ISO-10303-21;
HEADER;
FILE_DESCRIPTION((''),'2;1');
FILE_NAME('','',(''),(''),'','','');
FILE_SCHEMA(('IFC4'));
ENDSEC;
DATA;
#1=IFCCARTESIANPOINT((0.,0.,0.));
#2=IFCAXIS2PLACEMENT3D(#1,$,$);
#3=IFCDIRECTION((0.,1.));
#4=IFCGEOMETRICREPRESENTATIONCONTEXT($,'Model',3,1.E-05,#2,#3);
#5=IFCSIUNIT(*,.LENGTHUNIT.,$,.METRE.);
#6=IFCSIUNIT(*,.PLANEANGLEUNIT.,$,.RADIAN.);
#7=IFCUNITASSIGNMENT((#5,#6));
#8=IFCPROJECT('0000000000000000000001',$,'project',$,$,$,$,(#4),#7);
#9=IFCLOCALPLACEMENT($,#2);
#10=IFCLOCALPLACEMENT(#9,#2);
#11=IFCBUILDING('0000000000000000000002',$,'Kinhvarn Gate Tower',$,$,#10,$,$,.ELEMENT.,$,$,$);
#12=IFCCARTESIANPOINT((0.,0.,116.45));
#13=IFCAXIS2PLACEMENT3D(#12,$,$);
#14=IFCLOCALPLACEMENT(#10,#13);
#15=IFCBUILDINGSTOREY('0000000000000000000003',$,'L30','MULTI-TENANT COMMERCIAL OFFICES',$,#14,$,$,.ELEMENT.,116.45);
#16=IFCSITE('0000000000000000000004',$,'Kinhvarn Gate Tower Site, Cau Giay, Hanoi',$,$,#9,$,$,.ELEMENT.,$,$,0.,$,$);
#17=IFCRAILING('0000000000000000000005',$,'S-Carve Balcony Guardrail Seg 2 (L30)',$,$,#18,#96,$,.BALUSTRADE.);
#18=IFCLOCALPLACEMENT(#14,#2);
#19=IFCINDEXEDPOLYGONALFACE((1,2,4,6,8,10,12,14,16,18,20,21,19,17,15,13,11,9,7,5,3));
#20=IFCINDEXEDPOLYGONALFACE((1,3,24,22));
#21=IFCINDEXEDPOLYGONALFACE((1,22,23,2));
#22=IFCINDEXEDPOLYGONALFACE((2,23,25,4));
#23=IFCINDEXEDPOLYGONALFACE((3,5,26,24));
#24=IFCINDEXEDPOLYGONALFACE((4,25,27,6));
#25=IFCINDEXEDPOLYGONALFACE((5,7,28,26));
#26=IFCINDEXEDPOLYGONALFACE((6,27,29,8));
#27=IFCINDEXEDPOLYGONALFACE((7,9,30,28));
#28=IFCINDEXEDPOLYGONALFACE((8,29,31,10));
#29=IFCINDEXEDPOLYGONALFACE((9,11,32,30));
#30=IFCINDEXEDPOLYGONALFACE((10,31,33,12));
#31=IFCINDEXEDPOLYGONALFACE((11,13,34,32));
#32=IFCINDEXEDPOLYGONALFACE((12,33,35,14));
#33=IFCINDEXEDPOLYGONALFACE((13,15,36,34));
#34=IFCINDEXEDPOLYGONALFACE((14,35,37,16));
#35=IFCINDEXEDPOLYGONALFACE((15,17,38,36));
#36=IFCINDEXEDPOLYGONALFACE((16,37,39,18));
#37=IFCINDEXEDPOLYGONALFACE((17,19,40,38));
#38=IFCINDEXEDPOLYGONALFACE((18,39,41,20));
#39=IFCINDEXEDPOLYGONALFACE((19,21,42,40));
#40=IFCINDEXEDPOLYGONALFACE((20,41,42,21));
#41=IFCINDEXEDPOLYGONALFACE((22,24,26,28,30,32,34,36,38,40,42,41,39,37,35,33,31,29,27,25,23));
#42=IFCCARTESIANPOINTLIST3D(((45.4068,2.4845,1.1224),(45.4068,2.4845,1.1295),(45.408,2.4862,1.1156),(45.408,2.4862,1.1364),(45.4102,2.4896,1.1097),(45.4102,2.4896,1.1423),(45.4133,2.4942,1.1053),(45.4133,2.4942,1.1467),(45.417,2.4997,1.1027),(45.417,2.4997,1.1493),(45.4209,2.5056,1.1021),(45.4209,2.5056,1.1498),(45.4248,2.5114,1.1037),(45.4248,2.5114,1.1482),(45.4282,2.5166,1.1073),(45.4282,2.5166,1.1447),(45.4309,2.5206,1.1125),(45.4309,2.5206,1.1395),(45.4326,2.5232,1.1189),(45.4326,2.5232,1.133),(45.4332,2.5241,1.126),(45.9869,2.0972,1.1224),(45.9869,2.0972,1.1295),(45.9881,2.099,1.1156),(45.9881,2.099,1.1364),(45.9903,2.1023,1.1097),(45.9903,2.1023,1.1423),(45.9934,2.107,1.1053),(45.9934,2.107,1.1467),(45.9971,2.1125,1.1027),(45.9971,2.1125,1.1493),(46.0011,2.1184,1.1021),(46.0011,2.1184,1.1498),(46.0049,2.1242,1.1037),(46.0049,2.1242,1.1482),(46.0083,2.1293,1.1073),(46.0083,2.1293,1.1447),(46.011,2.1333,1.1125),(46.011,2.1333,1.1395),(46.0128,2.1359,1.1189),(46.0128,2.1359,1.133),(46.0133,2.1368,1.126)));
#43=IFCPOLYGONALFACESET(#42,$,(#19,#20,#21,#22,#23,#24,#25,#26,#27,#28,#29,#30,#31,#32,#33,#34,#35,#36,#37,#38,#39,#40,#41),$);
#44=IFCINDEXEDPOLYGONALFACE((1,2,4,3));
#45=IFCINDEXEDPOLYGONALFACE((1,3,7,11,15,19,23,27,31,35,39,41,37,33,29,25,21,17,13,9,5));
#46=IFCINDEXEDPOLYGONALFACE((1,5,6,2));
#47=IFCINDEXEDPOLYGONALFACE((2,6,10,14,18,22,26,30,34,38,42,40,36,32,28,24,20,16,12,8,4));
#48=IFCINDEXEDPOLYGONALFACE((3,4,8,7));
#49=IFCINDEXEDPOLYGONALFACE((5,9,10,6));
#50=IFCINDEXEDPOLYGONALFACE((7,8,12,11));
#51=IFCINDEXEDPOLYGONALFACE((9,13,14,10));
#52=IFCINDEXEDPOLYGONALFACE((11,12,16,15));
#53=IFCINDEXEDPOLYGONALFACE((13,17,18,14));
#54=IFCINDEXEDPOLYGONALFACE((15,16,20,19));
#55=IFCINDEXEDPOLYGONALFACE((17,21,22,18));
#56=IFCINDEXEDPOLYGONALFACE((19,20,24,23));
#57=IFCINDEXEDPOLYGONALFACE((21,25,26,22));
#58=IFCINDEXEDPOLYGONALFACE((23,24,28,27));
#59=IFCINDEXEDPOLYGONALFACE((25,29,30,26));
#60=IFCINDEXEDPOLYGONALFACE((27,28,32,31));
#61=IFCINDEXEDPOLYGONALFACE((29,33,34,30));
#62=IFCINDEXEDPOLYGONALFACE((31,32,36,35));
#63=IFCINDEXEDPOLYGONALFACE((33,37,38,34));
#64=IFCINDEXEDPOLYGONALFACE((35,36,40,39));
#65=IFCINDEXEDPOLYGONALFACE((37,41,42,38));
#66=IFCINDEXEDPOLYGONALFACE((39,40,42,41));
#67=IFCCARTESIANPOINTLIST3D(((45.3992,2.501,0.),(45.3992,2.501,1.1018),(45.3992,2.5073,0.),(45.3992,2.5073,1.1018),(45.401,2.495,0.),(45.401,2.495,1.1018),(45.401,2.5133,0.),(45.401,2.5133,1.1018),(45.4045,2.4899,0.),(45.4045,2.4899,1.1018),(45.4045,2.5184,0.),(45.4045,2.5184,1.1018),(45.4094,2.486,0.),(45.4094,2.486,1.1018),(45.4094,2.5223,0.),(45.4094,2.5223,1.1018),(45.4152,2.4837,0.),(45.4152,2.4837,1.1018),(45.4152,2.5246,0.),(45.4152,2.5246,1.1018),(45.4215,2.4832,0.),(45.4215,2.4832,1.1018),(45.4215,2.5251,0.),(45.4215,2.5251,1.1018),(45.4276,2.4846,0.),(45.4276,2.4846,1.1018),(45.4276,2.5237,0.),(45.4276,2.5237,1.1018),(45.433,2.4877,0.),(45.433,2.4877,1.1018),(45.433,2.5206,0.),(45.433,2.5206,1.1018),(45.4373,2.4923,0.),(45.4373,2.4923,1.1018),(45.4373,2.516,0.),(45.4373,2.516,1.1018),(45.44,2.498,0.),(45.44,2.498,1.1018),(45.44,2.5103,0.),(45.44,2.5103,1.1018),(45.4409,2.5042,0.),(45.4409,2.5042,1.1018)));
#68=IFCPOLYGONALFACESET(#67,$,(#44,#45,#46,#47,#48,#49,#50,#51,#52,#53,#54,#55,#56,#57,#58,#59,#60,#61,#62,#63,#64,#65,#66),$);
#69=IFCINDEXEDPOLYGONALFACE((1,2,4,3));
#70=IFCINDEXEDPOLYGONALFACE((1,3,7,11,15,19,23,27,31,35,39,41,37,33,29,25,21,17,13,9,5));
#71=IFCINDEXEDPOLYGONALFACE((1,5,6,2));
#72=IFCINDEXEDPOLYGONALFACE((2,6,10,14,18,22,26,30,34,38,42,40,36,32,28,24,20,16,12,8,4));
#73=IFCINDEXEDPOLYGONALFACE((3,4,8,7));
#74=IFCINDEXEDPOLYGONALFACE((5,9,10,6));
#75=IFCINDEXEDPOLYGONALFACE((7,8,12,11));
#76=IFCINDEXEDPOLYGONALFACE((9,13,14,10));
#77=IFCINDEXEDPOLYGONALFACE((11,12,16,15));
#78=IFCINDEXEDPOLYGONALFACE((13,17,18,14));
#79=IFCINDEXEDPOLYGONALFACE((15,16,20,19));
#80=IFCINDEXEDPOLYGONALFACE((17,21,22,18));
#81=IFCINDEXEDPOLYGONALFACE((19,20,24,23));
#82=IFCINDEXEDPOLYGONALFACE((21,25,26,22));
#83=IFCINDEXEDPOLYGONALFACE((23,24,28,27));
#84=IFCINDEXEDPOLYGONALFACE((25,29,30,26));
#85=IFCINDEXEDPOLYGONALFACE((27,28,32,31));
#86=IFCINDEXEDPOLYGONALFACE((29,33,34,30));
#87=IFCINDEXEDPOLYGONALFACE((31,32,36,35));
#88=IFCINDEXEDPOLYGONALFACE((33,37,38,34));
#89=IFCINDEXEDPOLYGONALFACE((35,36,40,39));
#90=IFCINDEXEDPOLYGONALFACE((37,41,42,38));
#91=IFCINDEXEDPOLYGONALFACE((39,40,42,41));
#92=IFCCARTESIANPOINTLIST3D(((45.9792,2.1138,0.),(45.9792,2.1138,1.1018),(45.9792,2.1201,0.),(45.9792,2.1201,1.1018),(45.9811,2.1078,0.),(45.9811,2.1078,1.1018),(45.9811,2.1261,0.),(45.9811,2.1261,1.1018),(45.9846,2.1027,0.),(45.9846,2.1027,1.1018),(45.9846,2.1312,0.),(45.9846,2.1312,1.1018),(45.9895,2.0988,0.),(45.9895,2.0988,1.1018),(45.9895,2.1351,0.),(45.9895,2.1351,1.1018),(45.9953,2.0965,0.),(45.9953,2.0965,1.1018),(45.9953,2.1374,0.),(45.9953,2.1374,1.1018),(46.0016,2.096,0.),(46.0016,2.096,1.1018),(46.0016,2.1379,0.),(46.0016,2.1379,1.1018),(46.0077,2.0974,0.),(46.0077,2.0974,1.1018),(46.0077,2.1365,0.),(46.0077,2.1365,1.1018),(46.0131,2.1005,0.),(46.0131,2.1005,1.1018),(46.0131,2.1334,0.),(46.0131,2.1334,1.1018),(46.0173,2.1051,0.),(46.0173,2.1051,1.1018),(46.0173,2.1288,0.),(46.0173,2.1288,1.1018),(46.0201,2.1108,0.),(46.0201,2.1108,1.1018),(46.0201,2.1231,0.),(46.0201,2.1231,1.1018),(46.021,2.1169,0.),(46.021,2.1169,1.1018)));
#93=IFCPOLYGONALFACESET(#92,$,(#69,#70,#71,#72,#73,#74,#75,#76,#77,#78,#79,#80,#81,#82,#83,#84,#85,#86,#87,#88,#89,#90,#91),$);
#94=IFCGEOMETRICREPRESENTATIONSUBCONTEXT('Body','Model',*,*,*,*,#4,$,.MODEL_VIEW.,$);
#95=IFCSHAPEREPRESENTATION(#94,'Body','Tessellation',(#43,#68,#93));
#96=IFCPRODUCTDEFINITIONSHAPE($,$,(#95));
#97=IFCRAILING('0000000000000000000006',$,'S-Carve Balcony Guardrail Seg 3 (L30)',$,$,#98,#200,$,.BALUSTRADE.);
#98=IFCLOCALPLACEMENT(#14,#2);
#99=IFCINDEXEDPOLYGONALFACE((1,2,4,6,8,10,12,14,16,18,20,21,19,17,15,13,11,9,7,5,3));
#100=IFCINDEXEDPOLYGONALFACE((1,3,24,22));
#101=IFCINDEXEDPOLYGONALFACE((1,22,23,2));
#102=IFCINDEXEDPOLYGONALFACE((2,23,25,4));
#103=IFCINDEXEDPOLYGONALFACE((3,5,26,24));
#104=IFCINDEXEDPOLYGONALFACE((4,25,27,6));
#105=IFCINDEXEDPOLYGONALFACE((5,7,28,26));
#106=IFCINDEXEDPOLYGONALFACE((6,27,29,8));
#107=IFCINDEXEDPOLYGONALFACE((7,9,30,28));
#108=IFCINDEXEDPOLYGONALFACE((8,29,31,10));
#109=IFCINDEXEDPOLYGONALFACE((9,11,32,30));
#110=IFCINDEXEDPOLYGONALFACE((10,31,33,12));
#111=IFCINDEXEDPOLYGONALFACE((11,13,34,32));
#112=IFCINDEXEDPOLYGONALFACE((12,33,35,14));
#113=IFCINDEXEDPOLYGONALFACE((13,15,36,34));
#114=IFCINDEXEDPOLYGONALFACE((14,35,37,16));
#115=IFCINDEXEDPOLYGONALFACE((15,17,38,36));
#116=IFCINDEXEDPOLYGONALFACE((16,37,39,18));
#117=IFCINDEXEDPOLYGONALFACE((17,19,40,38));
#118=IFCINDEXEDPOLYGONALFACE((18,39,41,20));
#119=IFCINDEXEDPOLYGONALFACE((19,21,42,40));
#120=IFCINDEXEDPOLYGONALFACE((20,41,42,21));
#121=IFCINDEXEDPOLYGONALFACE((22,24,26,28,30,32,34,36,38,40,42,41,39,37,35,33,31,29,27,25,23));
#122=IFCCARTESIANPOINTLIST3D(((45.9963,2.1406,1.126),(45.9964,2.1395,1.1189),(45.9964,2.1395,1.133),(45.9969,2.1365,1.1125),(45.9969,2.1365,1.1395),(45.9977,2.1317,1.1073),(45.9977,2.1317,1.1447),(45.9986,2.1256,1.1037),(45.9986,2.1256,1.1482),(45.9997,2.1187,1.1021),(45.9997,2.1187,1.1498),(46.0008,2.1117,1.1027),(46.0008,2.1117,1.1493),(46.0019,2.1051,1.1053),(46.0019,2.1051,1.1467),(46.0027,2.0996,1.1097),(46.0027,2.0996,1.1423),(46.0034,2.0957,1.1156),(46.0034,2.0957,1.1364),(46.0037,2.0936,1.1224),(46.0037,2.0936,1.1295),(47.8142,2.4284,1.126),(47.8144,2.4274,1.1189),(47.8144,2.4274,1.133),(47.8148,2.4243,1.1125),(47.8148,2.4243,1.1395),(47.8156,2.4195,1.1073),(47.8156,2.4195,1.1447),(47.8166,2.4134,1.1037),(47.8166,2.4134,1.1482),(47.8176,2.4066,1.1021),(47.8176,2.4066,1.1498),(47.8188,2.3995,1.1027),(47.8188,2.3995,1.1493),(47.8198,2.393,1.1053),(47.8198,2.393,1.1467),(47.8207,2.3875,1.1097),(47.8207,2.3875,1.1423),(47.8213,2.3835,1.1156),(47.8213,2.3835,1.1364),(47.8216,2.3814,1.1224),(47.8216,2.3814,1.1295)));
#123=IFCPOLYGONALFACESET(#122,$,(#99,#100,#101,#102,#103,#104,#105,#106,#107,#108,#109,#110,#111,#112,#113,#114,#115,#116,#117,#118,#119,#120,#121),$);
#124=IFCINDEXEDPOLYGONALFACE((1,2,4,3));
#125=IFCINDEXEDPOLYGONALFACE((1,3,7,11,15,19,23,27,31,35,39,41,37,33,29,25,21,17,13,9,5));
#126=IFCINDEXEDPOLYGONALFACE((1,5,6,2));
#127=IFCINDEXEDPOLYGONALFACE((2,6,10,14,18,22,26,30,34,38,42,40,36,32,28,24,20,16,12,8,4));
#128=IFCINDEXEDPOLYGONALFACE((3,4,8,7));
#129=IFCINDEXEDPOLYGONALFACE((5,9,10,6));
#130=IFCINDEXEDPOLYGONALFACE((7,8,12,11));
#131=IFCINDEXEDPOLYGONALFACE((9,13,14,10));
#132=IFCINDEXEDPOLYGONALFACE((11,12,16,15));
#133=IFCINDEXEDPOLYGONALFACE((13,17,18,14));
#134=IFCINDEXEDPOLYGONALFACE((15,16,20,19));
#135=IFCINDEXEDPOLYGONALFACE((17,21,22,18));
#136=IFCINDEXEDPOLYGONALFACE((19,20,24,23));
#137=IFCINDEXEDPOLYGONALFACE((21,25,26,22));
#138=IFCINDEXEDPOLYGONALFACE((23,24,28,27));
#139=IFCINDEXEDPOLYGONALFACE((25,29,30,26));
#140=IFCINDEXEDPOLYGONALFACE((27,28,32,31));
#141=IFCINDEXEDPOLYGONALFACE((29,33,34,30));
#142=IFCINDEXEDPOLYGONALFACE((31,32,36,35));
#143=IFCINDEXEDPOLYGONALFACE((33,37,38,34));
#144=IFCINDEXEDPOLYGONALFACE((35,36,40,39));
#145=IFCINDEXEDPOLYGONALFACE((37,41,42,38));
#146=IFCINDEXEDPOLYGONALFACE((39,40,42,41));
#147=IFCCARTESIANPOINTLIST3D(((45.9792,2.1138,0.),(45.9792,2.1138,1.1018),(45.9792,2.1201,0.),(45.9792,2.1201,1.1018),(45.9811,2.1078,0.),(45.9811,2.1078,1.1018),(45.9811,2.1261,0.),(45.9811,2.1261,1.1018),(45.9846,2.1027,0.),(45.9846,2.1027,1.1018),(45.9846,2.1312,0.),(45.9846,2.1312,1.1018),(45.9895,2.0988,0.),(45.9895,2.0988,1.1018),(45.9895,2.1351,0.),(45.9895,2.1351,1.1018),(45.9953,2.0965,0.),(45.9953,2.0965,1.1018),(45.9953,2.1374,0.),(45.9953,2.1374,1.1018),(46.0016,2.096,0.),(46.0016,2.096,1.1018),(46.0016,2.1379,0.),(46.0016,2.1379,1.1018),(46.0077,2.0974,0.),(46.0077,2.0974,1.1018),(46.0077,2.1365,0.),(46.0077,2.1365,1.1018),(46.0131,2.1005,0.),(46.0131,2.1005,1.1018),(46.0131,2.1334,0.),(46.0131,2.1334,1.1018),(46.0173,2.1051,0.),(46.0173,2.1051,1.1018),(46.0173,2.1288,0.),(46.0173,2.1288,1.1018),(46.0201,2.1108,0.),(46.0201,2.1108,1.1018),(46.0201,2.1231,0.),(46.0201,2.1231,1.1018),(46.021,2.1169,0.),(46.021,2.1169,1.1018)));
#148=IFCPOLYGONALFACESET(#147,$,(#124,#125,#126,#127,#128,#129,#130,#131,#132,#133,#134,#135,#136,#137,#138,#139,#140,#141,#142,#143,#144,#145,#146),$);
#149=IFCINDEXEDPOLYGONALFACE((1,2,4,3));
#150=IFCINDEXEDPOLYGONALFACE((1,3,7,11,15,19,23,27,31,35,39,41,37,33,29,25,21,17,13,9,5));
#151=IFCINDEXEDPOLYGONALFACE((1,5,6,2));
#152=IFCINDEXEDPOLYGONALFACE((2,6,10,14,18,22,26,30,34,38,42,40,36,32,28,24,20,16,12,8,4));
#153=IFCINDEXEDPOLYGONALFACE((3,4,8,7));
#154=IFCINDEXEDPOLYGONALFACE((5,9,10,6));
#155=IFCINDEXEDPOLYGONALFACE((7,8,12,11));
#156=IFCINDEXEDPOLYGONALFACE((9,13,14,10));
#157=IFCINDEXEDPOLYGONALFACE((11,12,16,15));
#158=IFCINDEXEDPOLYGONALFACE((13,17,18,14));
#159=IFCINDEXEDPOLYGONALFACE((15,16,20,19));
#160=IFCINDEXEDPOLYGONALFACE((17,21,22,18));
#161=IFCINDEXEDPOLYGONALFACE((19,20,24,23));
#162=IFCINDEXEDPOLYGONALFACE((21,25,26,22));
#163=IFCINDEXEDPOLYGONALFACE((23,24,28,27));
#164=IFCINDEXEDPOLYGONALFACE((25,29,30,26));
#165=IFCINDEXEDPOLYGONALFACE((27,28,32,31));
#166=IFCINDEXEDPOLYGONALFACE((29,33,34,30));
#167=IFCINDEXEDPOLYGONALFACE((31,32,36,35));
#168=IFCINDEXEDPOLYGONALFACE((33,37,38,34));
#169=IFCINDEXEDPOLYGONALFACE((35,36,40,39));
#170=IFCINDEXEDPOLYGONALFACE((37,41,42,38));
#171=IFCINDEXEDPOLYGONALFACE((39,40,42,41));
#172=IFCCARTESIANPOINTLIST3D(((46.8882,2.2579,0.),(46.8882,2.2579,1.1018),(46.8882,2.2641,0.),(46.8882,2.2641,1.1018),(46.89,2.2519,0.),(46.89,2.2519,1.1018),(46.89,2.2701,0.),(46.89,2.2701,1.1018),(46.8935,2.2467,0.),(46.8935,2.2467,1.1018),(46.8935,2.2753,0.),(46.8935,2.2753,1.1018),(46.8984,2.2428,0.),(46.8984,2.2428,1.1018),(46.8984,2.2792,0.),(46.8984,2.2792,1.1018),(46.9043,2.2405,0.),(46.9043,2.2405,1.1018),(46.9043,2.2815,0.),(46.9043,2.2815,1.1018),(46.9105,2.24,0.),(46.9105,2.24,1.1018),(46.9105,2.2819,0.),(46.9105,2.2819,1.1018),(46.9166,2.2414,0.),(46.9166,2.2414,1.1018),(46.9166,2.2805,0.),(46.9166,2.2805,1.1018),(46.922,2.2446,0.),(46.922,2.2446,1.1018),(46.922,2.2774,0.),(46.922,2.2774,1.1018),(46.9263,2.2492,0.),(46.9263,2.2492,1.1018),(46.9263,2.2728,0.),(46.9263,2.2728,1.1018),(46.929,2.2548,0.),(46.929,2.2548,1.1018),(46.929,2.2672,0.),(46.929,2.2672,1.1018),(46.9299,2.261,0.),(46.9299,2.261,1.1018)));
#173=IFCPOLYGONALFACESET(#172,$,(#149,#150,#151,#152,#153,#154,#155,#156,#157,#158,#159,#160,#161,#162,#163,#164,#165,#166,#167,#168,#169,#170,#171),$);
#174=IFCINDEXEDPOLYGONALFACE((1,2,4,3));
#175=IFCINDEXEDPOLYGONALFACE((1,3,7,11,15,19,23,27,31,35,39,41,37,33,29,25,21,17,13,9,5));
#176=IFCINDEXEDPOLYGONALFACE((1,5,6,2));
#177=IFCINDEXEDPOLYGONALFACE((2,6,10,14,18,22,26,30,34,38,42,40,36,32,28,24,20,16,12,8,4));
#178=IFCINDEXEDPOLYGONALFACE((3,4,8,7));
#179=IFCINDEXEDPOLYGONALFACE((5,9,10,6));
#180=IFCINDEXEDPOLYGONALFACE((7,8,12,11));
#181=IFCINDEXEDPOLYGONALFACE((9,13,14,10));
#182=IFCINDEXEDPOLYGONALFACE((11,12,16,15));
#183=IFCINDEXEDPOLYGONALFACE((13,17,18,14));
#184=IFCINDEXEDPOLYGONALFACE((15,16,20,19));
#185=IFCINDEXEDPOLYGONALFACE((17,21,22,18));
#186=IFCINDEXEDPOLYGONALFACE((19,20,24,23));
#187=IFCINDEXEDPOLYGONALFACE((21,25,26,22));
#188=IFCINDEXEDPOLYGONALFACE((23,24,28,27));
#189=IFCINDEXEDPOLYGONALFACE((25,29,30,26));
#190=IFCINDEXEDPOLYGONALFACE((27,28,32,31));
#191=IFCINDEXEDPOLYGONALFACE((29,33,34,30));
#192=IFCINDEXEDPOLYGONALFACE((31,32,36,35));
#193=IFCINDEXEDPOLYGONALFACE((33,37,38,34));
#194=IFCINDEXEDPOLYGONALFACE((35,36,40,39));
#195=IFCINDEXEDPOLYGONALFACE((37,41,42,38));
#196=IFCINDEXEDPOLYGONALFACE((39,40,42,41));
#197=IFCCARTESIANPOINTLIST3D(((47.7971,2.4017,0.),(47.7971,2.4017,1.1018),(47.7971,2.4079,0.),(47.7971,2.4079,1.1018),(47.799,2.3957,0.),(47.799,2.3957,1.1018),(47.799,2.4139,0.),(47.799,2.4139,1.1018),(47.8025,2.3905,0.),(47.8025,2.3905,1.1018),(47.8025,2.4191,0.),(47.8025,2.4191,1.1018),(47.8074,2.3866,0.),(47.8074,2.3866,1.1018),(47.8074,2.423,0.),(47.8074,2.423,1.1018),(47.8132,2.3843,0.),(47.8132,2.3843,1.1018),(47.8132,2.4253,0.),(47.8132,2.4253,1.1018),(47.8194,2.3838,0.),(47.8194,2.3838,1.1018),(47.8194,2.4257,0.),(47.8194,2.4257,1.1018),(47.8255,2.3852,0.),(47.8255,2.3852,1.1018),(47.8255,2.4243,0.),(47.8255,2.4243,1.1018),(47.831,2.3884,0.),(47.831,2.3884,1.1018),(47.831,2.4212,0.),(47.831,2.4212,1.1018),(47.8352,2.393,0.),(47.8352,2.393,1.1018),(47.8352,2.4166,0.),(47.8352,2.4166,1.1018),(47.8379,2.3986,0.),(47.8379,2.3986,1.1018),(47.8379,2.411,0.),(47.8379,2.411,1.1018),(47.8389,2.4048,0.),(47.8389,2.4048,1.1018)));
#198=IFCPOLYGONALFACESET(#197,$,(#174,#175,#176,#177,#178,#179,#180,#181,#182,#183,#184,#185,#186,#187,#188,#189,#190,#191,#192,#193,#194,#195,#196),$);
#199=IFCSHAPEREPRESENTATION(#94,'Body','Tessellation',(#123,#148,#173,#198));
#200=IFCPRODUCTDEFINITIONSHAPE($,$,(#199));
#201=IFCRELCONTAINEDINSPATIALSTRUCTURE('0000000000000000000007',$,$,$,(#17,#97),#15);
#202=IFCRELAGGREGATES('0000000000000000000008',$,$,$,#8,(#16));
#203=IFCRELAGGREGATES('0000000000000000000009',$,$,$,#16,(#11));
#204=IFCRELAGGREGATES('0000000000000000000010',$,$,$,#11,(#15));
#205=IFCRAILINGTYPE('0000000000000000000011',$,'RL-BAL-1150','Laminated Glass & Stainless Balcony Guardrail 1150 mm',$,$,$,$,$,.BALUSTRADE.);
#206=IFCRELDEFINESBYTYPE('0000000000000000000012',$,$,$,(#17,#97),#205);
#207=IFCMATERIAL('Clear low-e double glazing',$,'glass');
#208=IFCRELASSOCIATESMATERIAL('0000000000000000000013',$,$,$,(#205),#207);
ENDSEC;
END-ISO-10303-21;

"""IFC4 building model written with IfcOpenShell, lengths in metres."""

from ifc_helpers import new_model, si_unit, direction, frame, origin, origin_2d, place, context, subcontext, project, spatial, circle, extrude, material, type_object, element, save


model = new_model("IFC4")

# Units and contexts
model_context = context("Model", 3, precision=1e-05, world=origin(), true_north=direction((0.0, 1.0)))
body_context = subcontext(model_context, "Body", "Model", "MODEL_VIEW")
ifc_project = project(units=[si_unit("LENGTHUNIT", "METRE"), si_unit("PLANEANGLEUNIT", "RADIAN")], contexts=[model_context])

# Site, building, storey
site_placement = place(None, origin())
site = spatial("IfcSite", under=ifc_project, at=site_placement, Name="Kinhvarn Gate Tower Site, Cau Giay, Hanoi", CompositionType="ELEMENT", RefElevation=0.0)
building_placement = place(site_placement, origin())
building = spatial("IfcBuilding", under=site, at=building_placement, Name="Kinhvarn Gate Tower", CompositionType="ELEMENT")
storey_placement = place(building_placement, frame((0.0, 0.0, 116.45)))
storey = spatial("IfcBuildingStorey", under=building, at=storey_placement, Name="L30", Description="MULTI-TENANT COMMERCIAL OFFICES", CompositionType="ELEMENT", Elevation=116.45)

# Shared definitions
ifc_material_1 = material(Name="Clear low-e double glazing", Category="glass")

# Railings
railing_type = type_object("IfcRailingType", Name="RL-BAL-1150", Description="Laminated Glass & Stainless Balcony Guardrail 1150 mm", PredefinedType="BALUSTRADE", material=ifc_material_1)
railing_1_placement = place(storey_placement, frame((45.4199, 2.5042, 0.0)))
element("IfcRailing", 1, at=railing_1_placement, inside=storey, type_object=railing_type, Name="S-Carve Balcony Guardrail Seg 2 (L30)", PredefinedType="BALUSTRADE", context=body_context, shape_type="SweptSolid", body=[
    extrude(circle(Radius=0.0239, at=origin_2d()), frame((0.0, 0.0, 1.126), z_axis=(0.831727, -0.555185, 0.0), x_axis=(0.555185, 0.831727, 0.0)), (0.0, 0.0, 1.0), 0.6975),
    extrude(circle(Radius=0.021, at=origin_2d()), origin(), (0.0, 0.0, 1.0), 1.1018),
    extrude(circle(Radius=0.021, at=origin_2d()), frame((0.5801, -0.3872, 0.0)), (0.0, 0.0, 1.0), 1.1018),
])
railing_2_placement = place(storey_placement, frame((46.0, 2.1169, 0.0)))
element("IfcRailing", 2, at=railing_2_placement, inside=storey, type_object=railing_type, Name="S-Carve Balcony Guardrail Seg 3 (L30)", PredefinedType="BALUSTRADE", context=body_context, shape_type="SweptSolid", body=[
    extrude(circle(Radius=0.0239, at=origin_2d()), frame((0.0, 0.0, 1.126), z_axis=(0.987695, 0.156392, 0.0), x_axis=(-0.156392, 0.987695, 0.0)), (0.0, 0.0, 1.0), 1.8406),
    extrude(circle(Radius=0.021, at=origin_2d()), origin(), (0.0, 0.0, 1.0), 1.1018),
    extrude(circle(Radius=0.021, at=origin_2d()), frame((0.9089, 0.144, 0.0)), (0.0, 0.0, 1.0), 1.1018),
    extrude(circle(Radius=0.021, at=origin_2d()), frame((1.8179, 0.2878, 0.0)), (0.0, 0.0, 1.0), 1.1018),
])

save(model, "model.ifc")
